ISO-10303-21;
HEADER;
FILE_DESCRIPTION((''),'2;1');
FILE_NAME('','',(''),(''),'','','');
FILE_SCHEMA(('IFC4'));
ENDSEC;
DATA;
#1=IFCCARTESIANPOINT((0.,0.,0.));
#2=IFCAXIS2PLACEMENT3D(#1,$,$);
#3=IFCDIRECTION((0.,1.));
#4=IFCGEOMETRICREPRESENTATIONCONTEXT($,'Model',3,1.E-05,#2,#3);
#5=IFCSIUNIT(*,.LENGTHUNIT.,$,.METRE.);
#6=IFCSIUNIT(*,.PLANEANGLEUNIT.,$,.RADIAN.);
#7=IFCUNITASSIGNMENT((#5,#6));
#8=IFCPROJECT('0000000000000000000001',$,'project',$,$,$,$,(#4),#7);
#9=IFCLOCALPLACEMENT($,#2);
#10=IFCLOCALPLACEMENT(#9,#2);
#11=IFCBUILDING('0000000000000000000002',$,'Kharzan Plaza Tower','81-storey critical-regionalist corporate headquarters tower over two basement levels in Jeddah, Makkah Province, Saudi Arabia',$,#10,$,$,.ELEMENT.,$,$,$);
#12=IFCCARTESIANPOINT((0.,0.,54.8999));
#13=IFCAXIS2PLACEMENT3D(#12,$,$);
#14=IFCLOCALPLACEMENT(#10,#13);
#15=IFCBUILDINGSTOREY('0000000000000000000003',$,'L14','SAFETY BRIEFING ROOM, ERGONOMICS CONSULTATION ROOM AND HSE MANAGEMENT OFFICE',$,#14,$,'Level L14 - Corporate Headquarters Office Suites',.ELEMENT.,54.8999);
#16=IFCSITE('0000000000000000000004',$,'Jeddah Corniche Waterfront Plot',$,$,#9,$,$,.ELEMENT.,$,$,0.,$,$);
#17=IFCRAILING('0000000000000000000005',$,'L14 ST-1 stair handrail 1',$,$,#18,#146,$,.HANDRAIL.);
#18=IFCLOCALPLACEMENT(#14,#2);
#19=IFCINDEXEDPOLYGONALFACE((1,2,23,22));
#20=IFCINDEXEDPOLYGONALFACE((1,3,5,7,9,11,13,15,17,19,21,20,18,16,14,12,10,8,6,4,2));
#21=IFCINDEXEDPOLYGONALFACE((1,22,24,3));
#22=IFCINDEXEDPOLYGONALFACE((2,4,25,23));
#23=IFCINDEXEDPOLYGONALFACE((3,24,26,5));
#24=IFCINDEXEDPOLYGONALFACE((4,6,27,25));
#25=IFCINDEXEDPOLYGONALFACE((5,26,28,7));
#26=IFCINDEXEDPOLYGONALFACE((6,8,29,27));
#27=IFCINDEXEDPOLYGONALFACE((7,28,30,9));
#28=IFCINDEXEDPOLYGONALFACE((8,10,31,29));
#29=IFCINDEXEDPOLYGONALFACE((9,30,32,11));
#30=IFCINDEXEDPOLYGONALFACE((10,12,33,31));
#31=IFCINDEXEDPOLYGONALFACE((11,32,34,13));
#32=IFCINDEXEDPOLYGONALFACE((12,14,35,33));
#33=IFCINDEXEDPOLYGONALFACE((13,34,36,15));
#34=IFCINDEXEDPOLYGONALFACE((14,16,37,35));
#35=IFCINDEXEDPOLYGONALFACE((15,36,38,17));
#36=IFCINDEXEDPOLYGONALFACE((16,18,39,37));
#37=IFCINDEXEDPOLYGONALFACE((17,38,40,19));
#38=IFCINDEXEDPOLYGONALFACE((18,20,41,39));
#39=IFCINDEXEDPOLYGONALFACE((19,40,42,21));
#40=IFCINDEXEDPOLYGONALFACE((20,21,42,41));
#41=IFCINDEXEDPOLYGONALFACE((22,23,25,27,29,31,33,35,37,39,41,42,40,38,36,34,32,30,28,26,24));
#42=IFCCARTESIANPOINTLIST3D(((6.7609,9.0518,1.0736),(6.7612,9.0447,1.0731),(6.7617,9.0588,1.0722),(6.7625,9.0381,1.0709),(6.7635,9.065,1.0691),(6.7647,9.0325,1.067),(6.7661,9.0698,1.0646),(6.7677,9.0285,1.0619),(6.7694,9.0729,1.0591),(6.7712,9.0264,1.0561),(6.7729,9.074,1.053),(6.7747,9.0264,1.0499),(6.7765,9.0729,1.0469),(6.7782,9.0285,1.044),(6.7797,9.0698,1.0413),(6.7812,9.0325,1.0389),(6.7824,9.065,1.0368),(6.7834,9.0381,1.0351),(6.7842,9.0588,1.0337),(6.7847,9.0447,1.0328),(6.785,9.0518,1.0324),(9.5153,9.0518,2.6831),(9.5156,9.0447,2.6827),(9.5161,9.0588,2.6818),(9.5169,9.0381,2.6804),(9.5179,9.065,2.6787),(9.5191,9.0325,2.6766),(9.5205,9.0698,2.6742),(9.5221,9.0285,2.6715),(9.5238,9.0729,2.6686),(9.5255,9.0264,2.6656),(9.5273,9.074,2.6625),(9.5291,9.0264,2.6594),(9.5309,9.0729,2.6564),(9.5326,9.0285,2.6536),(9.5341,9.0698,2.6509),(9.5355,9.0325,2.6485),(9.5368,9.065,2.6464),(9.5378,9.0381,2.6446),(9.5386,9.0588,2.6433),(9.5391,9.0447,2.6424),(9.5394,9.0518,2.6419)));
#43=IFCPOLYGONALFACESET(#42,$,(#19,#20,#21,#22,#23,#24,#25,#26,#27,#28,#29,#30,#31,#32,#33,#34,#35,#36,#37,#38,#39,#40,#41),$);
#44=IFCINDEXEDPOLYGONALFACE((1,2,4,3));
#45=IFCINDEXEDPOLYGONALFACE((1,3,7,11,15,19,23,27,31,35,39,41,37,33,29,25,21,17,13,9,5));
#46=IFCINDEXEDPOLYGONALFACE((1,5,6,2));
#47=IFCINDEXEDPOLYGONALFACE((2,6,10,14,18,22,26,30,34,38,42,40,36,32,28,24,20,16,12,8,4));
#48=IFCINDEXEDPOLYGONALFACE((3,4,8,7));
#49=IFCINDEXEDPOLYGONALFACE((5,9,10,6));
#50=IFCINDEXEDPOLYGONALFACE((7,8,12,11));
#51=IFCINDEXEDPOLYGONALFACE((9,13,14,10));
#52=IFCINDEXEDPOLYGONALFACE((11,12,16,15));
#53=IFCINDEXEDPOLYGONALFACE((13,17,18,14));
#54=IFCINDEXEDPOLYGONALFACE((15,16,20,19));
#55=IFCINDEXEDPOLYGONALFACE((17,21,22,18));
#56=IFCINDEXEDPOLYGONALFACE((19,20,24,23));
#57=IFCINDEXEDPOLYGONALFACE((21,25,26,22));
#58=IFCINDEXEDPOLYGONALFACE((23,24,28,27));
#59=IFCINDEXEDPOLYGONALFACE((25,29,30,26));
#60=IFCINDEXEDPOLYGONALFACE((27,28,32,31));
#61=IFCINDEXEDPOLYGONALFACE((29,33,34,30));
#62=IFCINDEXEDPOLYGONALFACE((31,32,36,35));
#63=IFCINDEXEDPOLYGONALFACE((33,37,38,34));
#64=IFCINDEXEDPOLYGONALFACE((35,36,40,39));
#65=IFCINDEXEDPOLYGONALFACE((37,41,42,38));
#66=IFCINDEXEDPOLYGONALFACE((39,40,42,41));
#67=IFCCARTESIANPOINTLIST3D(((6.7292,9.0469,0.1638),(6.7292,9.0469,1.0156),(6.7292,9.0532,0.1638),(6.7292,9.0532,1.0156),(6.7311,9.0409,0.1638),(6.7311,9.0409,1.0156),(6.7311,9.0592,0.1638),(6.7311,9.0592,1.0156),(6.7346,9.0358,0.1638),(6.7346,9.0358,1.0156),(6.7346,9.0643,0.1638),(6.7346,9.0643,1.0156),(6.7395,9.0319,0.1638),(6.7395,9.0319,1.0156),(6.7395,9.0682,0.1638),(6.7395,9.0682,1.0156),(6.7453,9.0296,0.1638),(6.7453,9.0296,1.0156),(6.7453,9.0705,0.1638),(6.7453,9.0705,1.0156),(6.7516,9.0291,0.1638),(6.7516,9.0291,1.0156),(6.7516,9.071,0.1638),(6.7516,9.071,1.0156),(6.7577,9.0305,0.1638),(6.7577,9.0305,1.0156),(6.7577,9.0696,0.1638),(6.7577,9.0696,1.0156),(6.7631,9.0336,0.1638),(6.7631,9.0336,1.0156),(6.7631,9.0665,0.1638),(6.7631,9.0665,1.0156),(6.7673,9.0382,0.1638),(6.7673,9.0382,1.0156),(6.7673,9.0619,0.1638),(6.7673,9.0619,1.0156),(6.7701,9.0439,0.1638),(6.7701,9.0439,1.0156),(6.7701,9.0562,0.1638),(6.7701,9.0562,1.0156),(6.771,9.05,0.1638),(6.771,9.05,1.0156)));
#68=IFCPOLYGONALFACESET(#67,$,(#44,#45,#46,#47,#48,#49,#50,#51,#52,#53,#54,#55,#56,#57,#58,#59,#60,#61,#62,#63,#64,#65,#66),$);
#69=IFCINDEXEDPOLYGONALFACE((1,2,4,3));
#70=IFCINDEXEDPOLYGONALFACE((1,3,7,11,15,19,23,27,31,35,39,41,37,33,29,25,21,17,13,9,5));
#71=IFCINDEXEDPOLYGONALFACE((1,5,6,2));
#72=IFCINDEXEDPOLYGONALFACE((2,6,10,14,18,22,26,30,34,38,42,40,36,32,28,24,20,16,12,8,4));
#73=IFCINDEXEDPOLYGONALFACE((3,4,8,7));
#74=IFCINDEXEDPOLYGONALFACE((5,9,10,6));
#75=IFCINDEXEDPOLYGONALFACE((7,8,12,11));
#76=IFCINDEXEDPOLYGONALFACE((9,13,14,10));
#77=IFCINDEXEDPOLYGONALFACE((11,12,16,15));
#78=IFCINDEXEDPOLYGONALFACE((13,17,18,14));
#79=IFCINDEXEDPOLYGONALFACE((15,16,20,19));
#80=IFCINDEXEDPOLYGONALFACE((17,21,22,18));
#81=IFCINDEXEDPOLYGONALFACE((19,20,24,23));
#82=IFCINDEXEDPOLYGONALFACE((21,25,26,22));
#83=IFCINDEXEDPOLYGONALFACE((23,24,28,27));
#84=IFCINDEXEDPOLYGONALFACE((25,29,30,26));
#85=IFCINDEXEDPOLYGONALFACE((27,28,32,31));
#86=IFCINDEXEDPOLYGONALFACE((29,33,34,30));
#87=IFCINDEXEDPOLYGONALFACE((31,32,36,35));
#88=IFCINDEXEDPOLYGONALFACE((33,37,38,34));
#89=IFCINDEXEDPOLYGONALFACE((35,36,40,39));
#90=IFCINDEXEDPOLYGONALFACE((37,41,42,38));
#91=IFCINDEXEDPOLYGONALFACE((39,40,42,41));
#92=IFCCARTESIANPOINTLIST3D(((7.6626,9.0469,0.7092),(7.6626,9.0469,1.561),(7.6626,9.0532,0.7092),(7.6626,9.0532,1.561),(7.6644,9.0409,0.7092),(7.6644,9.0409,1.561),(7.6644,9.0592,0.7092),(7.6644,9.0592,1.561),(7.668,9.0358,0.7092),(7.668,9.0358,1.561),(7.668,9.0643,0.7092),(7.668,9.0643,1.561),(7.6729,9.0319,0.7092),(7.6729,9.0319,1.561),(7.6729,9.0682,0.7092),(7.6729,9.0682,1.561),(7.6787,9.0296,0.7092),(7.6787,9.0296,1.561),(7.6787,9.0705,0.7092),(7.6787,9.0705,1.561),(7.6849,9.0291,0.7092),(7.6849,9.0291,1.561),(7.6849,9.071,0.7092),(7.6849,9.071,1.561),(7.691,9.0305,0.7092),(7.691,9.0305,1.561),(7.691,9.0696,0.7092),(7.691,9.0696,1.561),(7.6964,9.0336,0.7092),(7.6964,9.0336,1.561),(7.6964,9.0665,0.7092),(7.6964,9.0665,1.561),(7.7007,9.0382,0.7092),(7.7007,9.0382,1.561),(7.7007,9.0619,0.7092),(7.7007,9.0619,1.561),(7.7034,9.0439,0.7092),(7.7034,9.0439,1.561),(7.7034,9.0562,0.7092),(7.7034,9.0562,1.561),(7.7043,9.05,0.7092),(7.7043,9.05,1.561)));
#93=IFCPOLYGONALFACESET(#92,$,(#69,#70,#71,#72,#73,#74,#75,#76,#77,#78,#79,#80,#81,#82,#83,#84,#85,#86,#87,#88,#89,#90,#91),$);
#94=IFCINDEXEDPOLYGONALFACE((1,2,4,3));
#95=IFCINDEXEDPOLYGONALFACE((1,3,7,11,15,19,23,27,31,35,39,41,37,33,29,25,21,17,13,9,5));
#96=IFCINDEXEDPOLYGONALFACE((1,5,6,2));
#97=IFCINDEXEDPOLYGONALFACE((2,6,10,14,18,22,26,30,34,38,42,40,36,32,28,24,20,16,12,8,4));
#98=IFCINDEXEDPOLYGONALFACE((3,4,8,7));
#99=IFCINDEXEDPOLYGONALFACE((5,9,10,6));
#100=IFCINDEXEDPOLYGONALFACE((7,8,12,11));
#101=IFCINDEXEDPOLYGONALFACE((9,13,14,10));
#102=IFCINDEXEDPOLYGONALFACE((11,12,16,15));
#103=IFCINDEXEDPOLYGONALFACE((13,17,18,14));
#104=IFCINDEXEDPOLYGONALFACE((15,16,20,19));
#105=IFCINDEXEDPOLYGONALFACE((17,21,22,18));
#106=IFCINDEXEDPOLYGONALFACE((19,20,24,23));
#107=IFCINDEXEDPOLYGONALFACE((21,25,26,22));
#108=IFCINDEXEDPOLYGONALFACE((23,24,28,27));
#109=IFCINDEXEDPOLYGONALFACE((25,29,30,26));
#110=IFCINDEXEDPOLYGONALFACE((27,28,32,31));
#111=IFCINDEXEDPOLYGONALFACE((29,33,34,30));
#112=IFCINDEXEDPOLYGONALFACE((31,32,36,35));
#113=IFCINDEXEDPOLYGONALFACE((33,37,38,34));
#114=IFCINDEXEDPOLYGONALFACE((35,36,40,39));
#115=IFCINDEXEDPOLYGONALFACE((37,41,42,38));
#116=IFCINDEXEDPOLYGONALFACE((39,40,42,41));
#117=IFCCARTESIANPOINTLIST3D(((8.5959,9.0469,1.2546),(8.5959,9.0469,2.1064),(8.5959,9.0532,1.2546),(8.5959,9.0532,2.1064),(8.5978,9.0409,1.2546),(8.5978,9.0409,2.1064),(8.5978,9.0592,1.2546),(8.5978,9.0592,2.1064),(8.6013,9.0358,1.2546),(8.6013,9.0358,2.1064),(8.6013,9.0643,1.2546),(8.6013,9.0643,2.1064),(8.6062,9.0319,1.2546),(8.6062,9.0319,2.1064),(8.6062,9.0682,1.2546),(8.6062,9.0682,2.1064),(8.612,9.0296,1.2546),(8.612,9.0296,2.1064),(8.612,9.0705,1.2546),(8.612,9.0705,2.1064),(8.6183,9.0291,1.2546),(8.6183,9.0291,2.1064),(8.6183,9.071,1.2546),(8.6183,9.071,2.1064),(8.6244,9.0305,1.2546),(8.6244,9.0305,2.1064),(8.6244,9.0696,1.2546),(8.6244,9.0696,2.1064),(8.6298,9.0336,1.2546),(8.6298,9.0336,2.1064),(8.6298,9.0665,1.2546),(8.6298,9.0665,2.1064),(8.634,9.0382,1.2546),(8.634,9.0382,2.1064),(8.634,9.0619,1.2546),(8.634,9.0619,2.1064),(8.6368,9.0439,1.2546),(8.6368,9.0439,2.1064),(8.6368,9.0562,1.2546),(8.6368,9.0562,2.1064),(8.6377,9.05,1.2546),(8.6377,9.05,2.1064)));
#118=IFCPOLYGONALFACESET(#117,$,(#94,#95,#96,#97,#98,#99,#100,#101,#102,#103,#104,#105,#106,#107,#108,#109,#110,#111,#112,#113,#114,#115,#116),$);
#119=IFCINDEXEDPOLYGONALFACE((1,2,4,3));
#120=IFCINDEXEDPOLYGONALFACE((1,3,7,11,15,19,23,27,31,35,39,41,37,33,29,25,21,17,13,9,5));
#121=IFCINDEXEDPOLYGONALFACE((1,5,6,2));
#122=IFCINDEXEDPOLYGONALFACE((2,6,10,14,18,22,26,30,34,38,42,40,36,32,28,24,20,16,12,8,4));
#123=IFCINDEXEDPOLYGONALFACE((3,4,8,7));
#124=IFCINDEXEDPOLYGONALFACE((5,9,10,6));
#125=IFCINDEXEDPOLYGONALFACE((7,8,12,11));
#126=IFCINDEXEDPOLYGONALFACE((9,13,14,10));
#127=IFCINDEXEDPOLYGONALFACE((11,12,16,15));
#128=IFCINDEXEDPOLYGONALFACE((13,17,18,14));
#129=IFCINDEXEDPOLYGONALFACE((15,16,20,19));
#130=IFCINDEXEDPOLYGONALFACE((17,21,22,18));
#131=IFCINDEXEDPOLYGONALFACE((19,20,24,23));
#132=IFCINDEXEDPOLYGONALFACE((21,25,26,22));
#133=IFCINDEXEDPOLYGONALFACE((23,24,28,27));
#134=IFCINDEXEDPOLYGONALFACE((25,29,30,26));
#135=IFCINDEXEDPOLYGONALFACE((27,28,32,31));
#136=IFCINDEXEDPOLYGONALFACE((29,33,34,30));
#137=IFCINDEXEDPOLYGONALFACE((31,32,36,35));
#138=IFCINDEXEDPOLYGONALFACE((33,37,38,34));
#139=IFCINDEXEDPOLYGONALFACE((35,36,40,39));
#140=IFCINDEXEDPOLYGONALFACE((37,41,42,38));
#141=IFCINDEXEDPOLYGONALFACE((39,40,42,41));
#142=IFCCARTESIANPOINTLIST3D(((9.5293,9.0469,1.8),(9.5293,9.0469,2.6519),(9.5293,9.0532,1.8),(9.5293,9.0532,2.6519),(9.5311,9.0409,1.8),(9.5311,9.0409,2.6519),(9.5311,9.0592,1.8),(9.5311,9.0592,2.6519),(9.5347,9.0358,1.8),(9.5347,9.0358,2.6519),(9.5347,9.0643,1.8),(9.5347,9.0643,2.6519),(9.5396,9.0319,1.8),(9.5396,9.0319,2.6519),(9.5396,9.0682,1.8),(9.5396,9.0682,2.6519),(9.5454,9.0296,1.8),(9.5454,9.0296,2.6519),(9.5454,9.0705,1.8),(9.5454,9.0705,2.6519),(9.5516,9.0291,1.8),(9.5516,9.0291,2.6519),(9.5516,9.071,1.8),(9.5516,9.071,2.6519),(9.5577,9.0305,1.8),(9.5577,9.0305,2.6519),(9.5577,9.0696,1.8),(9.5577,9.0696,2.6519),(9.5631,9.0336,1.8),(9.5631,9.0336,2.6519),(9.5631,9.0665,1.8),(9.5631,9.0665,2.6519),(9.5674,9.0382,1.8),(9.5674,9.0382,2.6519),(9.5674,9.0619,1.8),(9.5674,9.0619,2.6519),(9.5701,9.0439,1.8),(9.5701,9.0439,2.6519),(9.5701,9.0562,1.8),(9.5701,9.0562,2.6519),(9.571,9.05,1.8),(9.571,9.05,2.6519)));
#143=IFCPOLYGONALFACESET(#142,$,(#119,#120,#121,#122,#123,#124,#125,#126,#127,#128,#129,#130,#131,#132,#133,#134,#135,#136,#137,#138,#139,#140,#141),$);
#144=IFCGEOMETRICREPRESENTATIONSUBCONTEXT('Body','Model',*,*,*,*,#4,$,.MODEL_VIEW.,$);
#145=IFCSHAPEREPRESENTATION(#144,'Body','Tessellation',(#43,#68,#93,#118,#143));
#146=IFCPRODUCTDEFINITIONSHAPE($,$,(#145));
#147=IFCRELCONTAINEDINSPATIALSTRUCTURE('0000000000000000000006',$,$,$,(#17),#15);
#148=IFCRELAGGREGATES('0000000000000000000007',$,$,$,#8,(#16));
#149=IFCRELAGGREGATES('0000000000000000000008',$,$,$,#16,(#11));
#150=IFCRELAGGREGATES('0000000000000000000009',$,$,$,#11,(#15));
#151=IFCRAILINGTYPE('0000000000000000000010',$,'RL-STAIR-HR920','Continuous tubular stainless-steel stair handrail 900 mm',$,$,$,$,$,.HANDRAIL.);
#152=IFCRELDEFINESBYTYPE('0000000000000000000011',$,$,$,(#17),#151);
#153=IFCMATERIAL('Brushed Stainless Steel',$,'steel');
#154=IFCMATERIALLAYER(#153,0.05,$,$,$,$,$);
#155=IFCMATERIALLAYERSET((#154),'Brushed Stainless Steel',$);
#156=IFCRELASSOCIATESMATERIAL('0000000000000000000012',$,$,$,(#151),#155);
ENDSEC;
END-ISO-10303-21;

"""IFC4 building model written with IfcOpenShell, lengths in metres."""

from ifc_helpers import new_model, si_unit, direction, frame, origin, origin_2d, place, context, subcontext, project, spatial, circle, extrude, source, transform, mapped, material, layer, layer_set, type_object, element, save


model = new_model("IFC4")

# Units and contexts
model_context = context("Model", 3, precision=1e-05, world=origin(), true_north=direction((0.0, 1.0)))
body_context = subcontext(model_context, "Body", "Model", "MODEL_VIEW")
ifc_project = project(units=[si_unit("LENGTHUNIT", "METRE"), si_unit("PLANEANGLEUNIT", "RADIAN")], contexts=[model_context])

# Site, building, storey
site_placement = place(None, origin())
site = spatial("IfcSite", under=ifc_project, at=site_placement, Name="Jeddah Corniche Waterfront Plot", CompositionType="ELEMENT", RefElevation=0.0)
building_placement = place(site_placement, origin())
building = spatial("IfcBuilding", under=site, at=building_placement, Name="Kharzan Plaza Tower", Description="81-storey critical-regionalist corporate headquarters tower over two basement levels in Jeddah, Makkah Province, Saudi Arabia", CompositionType="ELEMENT")
storey_placement = place(building_placement, frame((0.0, 0.0, 54.8999)))
storey = spatial("IfcBuildingStorey", under=building, at=storey_placement, Name="L14", Description="SAFETY BRIEFING ROOM, ERGONOMICS CONSULTATION ROOM AND HSE MANAGEMENT OFFICE", LongName="Level L14 - Corporate Headquarters Office Suites", CompositionType="ELEMENT", Elevation=54.8999)

# Railing
ifc_material_1 = material(Name="Brushed Stainless Steel", Category="steel")
ifc_layer_1 = layer(ifc_material_1, 0.05)
ifc_layer_set_1 = layer_set([ifc_layer_1], Name="Brushed Stainless Steel")
railing_type_1 = type_object("IfcRailingType", Name="RL-STAIR-HR920", Description="Continuous tubular stainless-steel stair handrail 900 mm", PredefinedType="HANDRAIL", material=ifc_layer_set_1)
shared_shape_1 = source(origin(), body_context, "Body", "SweptSolid", [
    extrude(circle(Radius=0.0239, at=origin_2d()), frame((0.0229, 0.0, 0.8892), z_axis=(0.863394, 0.0, 0.504531), x_axis=(0.0, 1.0, 0.0)), (0.0, 0.0, 1.0), 3.1902),
    extrude(circle(Radius=0.021, at=origin_2d()), origin(), (0.0, 0.0, 1.0), 0.8518),
    extrude(circle(Radius=0.021, at=origin_2d()), frame((0.9333, 0.0, 0.5454)), (0.0, 0.0, 1.0), 0.8518),
    extrude(circle(Radius=0.021, at=origin_2d()), frame((1.8667, 0.0, 1.0908)), (0.0, 0.0, 1.0), 0.8518),
    extrude(circle(Radius=0.021, at=origin_2d()), frame((2.8, 0.0, 1.6362)), (0.0, 0.0, 1.0), 0.8518),
])
railing_1_placement = place(storey_placement, frame((6.75, 9.05, 0.1638)))
element("IfcRailing", 1, at=railing_1_placement, inside=storey, type_object=railing_type_1, Name="L14 ST-1 stair handrail 1", PredefinedType="HANDRAIL", context=body_context, shape_type="MappedRepresentation", body=[
    mapped(shared_shape_1, transform((0.0, 0.0, 0.0), x_axis=(1.0, 0.0, 0.0), y_axis=(0.0, 1.0, 0.0), z_axis=(0.0, 0.0, 1.0))),
])

save(model, "model.ifc")
